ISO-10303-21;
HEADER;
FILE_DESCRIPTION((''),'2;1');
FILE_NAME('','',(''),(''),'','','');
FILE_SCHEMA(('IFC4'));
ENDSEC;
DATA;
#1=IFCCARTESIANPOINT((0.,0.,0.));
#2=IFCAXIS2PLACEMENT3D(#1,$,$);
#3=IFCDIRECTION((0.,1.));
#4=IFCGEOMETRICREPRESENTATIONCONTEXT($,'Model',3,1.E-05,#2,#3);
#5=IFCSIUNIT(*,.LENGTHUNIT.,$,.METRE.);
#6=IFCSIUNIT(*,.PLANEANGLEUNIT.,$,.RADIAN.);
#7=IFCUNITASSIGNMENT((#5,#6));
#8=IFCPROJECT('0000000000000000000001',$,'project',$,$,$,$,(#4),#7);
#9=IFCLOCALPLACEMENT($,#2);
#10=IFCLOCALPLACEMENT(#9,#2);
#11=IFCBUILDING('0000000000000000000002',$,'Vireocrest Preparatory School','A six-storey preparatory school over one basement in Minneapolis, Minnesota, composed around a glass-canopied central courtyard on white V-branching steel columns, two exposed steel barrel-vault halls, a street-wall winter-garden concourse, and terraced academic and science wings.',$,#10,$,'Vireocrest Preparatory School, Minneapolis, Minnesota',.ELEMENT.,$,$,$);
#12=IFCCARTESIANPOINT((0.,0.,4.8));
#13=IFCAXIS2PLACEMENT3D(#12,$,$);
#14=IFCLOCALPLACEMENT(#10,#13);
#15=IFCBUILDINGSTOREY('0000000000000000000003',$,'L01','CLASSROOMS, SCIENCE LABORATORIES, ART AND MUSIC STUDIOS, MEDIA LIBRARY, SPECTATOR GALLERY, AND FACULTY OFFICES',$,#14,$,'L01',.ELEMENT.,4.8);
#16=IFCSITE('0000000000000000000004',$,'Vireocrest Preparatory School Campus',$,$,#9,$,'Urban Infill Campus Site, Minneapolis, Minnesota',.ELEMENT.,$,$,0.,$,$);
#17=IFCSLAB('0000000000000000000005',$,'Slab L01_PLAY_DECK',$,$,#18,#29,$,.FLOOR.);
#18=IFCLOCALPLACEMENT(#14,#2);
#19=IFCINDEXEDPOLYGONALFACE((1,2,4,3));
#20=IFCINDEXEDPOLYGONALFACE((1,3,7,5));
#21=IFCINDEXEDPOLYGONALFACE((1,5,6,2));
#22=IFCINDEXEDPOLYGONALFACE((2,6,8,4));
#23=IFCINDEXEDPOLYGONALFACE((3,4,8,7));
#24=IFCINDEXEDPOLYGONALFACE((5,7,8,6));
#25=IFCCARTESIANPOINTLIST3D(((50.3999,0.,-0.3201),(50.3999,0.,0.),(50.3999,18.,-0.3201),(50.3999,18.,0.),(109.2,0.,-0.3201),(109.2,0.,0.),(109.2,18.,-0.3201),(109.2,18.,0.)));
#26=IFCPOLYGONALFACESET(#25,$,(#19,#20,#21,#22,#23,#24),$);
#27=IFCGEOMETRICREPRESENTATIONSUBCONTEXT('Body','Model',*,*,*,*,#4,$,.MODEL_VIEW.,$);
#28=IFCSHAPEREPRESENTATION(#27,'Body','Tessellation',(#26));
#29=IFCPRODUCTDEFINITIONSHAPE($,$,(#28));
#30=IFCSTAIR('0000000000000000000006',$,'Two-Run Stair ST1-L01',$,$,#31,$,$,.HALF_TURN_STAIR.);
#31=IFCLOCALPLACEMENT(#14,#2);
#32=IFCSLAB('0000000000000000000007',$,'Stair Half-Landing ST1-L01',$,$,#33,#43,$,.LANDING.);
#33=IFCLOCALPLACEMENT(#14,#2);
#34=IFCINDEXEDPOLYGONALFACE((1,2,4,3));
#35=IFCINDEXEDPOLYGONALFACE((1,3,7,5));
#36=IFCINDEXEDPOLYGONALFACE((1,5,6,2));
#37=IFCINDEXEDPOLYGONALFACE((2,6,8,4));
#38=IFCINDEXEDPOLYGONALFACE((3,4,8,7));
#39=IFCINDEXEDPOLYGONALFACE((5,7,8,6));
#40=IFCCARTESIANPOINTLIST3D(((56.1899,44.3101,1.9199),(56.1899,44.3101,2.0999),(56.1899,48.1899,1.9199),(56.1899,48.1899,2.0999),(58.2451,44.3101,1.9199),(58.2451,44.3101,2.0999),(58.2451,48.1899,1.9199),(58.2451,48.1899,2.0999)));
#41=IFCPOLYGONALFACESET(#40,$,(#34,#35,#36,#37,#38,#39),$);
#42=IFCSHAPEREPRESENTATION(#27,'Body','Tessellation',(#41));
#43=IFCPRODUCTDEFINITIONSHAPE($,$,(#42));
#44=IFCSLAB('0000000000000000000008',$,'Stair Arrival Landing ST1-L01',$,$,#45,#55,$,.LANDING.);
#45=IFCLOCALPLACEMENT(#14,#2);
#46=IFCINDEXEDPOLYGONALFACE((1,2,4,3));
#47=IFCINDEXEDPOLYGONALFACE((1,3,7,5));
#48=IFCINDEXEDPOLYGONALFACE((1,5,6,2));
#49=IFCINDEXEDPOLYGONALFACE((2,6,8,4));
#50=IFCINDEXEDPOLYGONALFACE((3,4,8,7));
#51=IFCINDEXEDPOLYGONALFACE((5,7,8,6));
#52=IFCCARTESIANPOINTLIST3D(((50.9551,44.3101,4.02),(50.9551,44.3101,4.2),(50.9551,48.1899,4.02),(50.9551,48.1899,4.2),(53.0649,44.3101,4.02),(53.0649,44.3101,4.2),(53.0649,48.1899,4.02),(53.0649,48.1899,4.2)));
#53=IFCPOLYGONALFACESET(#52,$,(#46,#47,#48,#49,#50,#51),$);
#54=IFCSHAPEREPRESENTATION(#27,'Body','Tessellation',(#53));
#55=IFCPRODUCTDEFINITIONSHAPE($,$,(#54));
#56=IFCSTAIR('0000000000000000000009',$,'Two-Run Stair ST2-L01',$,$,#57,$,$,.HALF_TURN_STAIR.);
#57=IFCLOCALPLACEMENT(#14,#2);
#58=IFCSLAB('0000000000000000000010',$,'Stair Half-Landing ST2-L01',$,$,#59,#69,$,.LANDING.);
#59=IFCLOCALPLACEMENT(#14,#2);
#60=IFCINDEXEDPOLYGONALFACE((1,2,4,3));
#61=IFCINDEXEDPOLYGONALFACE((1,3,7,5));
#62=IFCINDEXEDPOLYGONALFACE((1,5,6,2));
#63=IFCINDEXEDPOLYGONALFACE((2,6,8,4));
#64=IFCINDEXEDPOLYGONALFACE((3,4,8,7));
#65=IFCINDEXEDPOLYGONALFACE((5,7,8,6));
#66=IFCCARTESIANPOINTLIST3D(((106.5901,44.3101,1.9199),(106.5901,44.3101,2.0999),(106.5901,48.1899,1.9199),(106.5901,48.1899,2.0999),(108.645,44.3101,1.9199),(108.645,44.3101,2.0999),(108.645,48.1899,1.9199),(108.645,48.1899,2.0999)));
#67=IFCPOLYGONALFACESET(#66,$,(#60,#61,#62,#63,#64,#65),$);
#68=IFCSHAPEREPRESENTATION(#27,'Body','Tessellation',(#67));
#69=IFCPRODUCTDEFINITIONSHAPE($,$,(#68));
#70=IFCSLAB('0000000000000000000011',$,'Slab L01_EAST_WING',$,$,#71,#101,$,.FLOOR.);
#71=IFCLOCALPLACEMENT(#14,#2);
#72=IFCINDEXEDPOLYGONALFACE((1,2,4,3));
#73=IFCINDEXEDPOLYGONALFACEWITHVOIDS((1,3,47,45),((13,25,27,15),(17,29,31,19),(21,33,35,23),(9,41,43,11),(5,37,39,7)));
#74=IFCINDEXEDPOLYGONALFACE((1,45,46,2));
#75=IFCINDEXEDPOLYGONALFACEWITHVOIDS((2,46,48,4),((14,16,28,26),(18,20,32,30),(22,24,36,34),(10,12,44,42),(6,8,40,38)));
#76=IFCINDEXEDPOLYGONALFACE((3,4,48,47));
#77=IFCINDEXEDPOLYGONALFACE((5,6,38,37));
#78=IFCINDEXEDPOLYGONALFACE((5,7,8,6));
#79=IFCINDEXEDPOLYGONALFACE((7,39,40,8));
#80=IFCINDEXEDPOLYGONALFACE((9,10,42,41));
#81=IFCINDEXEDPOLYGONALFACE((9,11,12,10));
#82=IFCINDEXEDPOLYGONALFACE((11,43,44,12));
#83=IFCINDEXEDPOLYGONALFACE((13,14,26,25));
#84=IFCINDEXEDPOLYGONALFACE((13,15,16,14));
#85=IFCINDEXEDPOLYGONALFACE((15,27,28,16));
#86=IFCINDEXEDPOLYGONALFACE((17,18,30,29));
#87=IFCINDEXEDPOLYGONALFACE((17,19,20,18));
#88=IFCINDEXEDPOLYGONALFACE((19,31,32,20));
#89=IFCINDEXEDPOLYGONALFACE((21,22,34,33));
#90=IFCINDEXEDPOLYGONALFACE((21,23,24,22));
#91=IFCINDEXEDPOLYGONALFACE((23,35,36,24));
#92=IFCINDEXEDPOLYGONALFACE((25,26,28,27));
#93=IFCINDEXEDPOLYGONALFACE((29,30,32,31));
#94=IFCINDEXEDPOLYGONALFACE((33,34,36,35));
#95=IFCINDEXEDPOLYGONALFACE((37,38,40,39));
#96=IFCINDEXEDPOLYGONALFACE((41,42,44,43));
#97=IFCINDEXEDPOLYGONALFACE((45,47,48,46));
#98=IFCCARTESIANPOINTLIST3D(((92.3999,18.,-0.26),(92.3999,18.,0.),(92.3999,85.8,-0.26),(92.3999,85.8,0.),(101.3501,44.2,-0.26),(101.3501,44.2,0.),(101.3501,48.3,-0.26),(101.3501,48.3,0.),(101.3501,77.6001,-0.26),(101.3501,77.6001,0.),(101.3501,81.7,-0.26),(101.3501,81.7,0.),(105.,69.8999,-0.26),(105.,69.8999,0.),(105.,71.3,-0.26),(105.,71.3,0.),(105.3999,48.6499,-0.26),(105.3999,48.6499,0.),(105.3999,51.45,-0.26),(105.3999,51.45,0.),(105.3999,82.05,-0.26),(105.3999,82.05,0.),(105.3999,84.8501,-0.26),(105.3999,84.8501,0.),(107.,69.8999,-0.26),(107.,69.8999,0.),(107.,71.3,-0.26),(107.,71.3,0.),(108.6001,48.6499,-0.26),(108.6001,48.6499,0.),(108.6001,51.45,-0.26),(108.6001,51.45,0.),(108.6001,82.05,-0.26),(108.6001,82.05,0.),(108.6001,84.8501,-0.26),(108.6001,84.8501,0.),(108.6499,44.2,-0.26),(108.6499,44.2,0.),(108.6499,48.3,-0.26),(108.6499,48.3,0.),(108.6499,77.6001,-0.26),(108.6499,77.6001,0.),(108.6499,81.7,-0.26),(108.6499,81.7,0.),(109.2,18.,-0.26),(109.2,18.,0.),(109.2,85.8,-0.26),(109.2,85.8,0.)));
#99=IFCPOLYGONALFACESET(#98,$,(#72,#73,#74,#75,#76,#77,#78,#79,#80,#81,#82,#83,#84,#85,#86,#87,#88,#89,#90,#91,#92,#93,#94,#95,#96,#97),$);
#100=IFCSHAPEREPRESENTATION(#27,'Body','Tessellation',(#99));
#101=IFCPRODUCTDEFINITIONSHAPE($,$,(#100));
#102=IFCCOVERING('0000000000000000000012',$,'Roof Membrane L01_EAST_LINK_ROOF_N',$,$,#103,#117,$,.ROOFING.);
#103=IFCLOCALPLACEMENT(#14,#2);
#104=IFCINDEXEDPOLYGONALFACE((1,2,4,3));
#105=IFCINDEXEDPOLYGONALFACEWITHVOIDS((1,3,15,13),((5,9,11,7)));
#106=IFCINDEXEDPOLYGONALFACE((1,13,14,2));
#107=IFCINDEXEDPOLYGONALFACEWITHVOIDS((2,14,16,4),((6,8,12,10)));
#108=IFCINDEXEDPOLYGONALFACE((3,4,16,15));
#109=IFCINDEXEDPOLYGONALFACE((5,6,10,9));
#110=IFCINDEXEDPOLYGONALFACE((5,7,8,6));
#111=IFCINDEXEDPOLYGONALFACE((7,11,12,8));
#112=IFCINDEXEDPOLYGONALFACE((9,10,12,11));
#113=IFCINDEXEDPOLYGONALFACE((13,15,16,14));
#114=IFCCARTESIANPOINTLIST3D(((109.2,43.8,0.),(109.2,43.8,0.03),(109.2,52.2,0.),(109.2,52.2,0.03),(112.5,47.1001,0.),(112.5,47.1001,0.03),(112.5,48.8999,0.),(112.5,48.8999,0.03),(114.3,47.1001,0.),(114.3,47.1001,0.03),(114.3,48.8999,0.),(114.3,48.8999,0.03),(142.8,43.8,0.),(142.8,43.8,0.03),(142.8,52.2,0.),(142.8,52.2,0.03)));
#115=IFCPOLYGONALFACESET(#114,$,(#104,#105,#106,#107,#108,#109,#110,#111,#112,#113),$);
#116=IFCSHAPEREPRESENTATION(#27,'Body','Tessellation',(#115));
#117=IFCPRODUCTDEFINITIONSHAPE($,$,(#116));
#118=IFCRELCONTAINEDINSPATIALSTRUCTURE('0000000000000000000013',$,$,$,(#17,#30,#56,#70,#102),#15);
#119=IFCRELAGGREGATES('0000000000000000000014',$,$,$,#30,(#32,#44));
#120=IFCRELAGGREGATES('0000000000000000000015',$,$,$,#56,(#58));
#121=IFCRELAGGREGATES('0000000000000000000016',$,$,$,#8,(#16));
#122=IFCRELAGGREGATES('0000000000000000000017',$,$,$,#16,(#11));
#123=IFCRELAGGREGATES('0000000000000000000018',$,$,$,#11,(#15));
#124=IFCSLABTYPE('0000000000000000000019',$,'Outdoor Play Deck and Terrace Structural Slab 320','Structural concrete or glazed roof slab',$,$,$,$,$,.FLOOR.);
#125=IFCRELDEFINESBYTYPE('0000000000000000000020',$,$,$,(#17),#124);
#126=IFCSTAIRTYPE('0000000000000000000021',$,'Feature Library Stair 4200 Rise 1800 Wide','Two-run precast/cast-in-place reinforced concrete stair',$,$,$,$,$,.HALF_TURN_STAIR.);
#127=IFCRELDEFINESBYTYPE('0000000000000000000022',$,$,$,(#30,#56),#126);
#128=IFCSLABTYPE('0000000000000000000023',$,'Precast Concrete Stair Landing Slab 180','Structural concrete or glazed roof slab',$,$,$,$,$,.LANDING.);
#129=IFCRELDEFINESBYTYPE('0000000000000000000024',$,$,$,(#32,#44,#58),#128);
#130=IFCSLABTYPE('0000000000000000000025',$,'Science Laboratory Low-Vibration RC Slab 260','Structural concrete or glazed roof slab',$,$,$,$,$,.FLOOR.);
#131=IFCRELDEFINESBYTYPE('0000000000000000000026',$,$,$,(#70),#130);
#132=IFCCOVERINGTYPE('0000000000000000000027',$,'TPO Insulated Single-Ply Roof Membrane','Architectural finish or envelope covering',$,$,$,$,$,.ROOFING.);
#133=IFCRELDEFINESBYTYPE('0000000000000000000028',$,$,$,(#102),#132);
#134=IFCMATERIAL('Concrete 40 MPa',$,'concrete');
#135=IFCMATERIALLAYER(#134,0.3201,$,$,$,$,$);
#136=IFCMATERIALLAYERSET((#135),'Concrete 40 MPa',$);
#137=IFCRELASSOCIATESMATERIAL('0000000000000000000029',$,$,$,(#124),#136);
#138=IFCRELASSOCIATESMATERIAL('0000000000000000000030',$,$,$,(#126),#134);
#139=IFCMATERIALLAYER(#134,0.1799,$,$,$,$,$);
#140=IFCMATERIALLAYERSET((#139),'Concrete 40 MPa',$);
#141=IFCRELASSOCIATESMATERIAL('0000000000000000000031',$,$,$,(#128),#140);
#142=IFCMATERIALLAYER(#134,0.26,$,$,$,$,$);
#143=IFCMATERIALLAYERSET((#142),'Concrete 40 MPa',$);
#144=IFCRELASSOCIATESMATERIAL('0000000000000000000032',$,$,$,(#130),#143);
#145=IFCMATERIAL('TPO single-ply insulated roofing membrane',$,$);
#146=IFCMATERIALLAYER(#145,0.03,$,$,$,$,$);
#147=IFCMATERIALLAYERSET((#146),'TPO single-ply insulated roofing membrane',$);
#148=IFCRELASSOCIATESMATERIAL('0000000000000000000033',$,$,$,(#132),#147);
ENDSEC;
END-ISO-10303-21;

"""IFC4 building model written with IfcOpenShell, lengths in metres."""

from ifc_helpers import new_model, si_unit, direction, frame, origin, place, context, subcontext, project, spatial, polyline, outline, extrude, material, layer, layer_set, type_object, element, aggregate, save


model = new_model("IFC4")

# Units and contexts
model_context = context("Model", 3, precision=1e-05, world=origin(), true_north=direction((0.0, 1.0)))
body_context = subcontext(model_context, "Body", "Model", "MODEL_VIEW")
ifc_project = project(units=[si_unit("LENGTHUNIT", "METRE"), si_unit("PLANEANGLEUNIT", "RADIAN")], contexts=[model_context])

# Site, building, storey
site_placement = place(None, origin())
site = spatial("IfcSite", under=ifc_project, at=site_placement, Name="Vireocrest Preparatory School Campus", LongName="Urban Infill Campus Site, Minneapolis, Minnesota", CompositionType="ELEMENT", RefElevation=0.0)
building_placement = place(site_placement, origin())
building = spatial("IfcBuilding", under=site, at=building_placement, Name="Vireocrest Preparatory School", Description="A six-storey preparatory school over one basement in Minneapolis, Minnesota, composed around a glass-canopied central courtyard on white V-branching steel columns, two exposed steel barrel-vault halls, a street-wall winter-garden concourse, and terraced academic and science wings.", LongName="Vireocrest Preparatory School, Minneapolis, Minnesota", CompositionType="ELEMENT")
storey_placement = place(building_placement, frame((0.0, 0.0, 4.8)))
storey = spatial("IfcBuildingStorey", under=building, at=storey_placement, Name="L01", Description="CLASSROOMS, SCIENCE LABORATORIES, ART AND MUSIC STUDIOS, MEDIA LIBRARY, SPECTATOR GALLERY, AND FACULTY OFFICES", LongName="L01", CompositionType="ELEMENT", Elevation=4.8)

# Shared definitions
ifc_material_1 = material(Name="Concrete 40 MPa", Category="concrete")

# Slab
ifc_layer_1 = layer(ifc_material_1, 0.3201)
ifc_layer_set_1 = layer_set([ifc_layer_1], Name="Concrete 40 MPa")
slab_type_1 = type_object("IfcSlabType", Name="Outdoor Play Deck and Terrace Structural Slab 320", Description="Structural concrete or glazed roof slab", PredefinedType="FLOOR", material=ifc_layer_set_1)
slab_1_placement = place(storey_placement, frame((0.0, 0.0, -0.3201)))
element("IfcSlab", 1, at=slab_1_placement, inside=storey, type_object=slab_type_1, Name="Slab L01_PLAY_DECK", PredefinedType="FLOOR", context=body_context, shape_type="SweptSolid", body=[
    extrude(outline(polyline([(50.3999, 0.0), (109.2, 0.0), (109.2, 18.0), (50.3999, 18.0), (50.3999, 0.0)])), origin(), (0.0, 0.0, 1.0), 0.3201),
])

# Stair, slabs
stair_type = type_object("IfcStairType", Name="Feature Library Stair 4200 Rise 1800 Wide", Description="Two-run precast/cast-in-place reinforced concrete stair", PredefinedType="HALF_TURN_STAIR", material=ifc_material_1)
stair_1_placement = place(storey_placement, origin())
stair_1 = element("IfcStair", 2, at=stair_1_placement, inside=storey, type_object=stair_type, Name="Two-Run Stair ST1-L01", PredefinedType="HALF_TURN_STAIR")
ifc_layer_2 = layer(ifc_material_1, 0.1799)
ifc_layer_set_2 = layer_set([ifc_layer_2], Name="Concrete 40 MPa")
slab_type_2 = type_object("IfcSlabType", Name="Precast Concrete Stair Landing Slab 180", Description="Structural concrete or glazed roof slab", PredefinedType="LANDING", material=ifc_layer_set_2)
slab_2_placement = place(storey_placement, frame((0.0, 0.0, 1.9199)))
slab_2 = element("IfcSlab", 3, at=slab_2_placement, type_object=slab_type_2, Name="Stair Half-Landing ST1-L01", PredefinedType="LANDING", context=body_context, shape_type="SweptSolid", body=[
    extrude(outline(polyline([(56.1899, 44.3101), (58.2451, 44.3101), (58.2451, 48.1899), (56.1899, 48.1899), (56.1899, 44.3101)])), origin(), (0.0, 0.0, 1.0), 0.1799),
])
slab_3_placement = place(storey_placement, frame((0.0, 0.0, 4.02)))
slab_3 = element("IfcSlab", 4, at=slab_3_placement, type_object=slab_type_2, Name="Stair Arrival Landing ST1-L01", PredefinedType="LANDING", context=body_context, shape_type="SweptSolid", body=[
    extrude(outline(polyline([(50.9551, 44.3101), (53.0649, 44.3101), (53.0649, 48.1899), (50.9551, 48.1899), (50.9551, 44.3101)])), origin(), (0.0, 0.0, 1.0), 0.1799),
])
aggregate(stair_1, [slab_2, slab_3])

# Stair, slab
stair_2_placement = place(storey_placement, origin())
stair_2 = element("IfcStair", 5, at=stair_2_placement, inside=storey, type_object=stair_type, Name="Two-Run Stair ST2-L01", PredefinedType="HALF_TURN_STAIR")
slab_4_placement = place(storey_placement, frame((0.0, 0.0, 1.9199)))
slab_4 = element("IfcSlab", 6, at=slab_4_placement, type_object=slab_type_2, Name="Stair Half-Landing ST2-L01", PredefinedType="LANDING", context=body_context, shape_type="SweptSolid", body=[
    extrude(outline(polyline([(106.5901, 44.3101), (108.645, 44.3101), (108.645, 48.1899), (106.5901, 48.1899), (106.5901, 44.3101)])), origin(), (0.0, 0.0, 1.0), 0.1799),
])
aggregate(stair_2, [slab_4])

# Slab, openings
ifc_layer_3 = layer(ifc_material_1, 0.26)
ifc_layer_set_3 = layer_set([ifc_layer_3], Name="Concrete 40 MPa")
slab_type_3 = type_object("IfcSlabType", Name="Science Laboratory Low-Vibration RC Slab 260", Description="Structural concrete or glazed roof slab", PredefinedType="FLOOR", material=ifc_layer_set_3)
slab_5_placement = place(storey_placement, frame((0.0, 0.0, -0.26)))
slab_5 = element("IfcSlab", 7, at=slab_5_placement, inside=storey, type_object=slab_type_3, Name="Slab L01_EAST_WING", PredefinedType="FLOOR", context=body_context, shape_type="SweptSolid", body=[
    extrude(outline(polyline([(92.3999, 18.0), (109.2, 18.0), (109.2, 85.8), (92.3999, 85.8), (92.3999, 18.0)])), origin(), (0.0, 0.0, 1.0), 0.26),
])
opening_1_placement = place(slab_5_placement, frame((0.0, 0.0, -0.01)))
element("IfcOpeningElement", 8, at=opening_1_placement, cuts=slab_5, PredefinedType="OPENING", context=body_context, shape_type="SweptSolid", body=[
    extrude(outline(polyline([(101.3501, 44.2), (108.6499, 44.2), (108.6499, 48.3), (101.3501, 48.3), (101.3501, 44.2)])), origin(), (0.0, 0.0, 1.0), 0.28),
])
opening_2_placement = place(slab_5_placement, frame((0.0, 0.0, -0.01)))
element("IfcOpeningElement", 9, at=opening_2_placement, cuts=slab_5, PredefinedType="OPENING", context=body_context, shape_type="SweptSolid", body=[
    extrude(outline(polyline([(105.3999, 48.6499), (108.6001, 48.6499), (108.6001, 51.45), (105.3999, 51.45), (105.3999, 48.6499)])), origin(), (0.0, 0.0, 1.0), 0.28),
])
opening_3_placement = place(slab_5_placement, frame((0.0, 0.0, -0.01)))
element("IfcOpeningElement", 10, at=opening_3_placement, cuts=slab_5, PredefinedType="OPENING", context=body_context, shape_type="SweptSolid", body=[
    extrude(outline(polyline([(101.3501, 77.6001), (108.6499, 77.6001), (108.6499, 81.7), (101.3501, 81.7), (101.3501, 77.6001)])), origin(), (0.0, 0.0, 1.0), 0.28),
])
opening_4_placement = place(slab_5_placement, frame((0.0, 0.0, -0.01)))
element("IfcOpeningElement", 11, at=opening_4_placement, cuts=slab_5, PredefinedType="OPENING", context=body_context, shape_type="SweptSolid", body=[
    extrude(outline(polyline([(105.3999, 82.05), (108.6001, 82.05), (108.6001, 84.8501), (105.3999, 84.8501), (105.3999, 82.05)])), origin(), (0.0, 0.0, 1.0), 0.28),
])
opening_5_placement = place(slab_5_placement, frame((0.0, 0.0, -0.01)))
element("IfcOpeningElement", 12, at=opening_5_placement, cuts=slab_5, PredefinedType="OPENING", context=body_context, shape_type="SweptSolid", body=[
    extrude(outline(polyline([(105.0, 69.8999), (107.0, 69.8999), (107.0, 71.3), (105.0, 71.3), (105.0, 69.8999)])), origin(), (0.0, 0.0, 1.0), 0.28),
])

# Covering
ifc_material_2 = material(Name="TPO single-ply insulated roofing membrane")
ifc_layer_4 = layer(ifc_material_2, 0.03)
ifc_layer_set_4 = layer_set([ifc_layer_4], Name="TPO single-ply insulated roofing membrane")
covering_type = type_object("IfcCoveringType", Name="TPO Insulated Single-Ply Roof Membrane", Description="Architectural finish or envelope covering", PredefinedType="ROOFING", material=ifc_layer_set_4)
covering_placement = place(storey_placement, origin())
element("IfcCovering", 13, at=covering_placement, inside=storey, type_object=covering_type, Name="Roof Membrane L01_EAST_LINK_ROOF_N", PredefinedType="ROOFING", context=body_context, shape_type="SweptSolid", body=[
    extrude(outline(polyline([(109.2, 43.8), (142.8, 43.8), (142.8, 52.2), (109.2, 52.2), (109.2, 43.8)]), holes=[polyline([(112.5, 47.1001), (114.3, 47.1001), (114.3, 48.8999), (112.5, 48.8999), (112.5, 47.1001)])]), origin(), (0.0, 0.0, 1.0), 0.03),
])

save(model, "model.ifc")
